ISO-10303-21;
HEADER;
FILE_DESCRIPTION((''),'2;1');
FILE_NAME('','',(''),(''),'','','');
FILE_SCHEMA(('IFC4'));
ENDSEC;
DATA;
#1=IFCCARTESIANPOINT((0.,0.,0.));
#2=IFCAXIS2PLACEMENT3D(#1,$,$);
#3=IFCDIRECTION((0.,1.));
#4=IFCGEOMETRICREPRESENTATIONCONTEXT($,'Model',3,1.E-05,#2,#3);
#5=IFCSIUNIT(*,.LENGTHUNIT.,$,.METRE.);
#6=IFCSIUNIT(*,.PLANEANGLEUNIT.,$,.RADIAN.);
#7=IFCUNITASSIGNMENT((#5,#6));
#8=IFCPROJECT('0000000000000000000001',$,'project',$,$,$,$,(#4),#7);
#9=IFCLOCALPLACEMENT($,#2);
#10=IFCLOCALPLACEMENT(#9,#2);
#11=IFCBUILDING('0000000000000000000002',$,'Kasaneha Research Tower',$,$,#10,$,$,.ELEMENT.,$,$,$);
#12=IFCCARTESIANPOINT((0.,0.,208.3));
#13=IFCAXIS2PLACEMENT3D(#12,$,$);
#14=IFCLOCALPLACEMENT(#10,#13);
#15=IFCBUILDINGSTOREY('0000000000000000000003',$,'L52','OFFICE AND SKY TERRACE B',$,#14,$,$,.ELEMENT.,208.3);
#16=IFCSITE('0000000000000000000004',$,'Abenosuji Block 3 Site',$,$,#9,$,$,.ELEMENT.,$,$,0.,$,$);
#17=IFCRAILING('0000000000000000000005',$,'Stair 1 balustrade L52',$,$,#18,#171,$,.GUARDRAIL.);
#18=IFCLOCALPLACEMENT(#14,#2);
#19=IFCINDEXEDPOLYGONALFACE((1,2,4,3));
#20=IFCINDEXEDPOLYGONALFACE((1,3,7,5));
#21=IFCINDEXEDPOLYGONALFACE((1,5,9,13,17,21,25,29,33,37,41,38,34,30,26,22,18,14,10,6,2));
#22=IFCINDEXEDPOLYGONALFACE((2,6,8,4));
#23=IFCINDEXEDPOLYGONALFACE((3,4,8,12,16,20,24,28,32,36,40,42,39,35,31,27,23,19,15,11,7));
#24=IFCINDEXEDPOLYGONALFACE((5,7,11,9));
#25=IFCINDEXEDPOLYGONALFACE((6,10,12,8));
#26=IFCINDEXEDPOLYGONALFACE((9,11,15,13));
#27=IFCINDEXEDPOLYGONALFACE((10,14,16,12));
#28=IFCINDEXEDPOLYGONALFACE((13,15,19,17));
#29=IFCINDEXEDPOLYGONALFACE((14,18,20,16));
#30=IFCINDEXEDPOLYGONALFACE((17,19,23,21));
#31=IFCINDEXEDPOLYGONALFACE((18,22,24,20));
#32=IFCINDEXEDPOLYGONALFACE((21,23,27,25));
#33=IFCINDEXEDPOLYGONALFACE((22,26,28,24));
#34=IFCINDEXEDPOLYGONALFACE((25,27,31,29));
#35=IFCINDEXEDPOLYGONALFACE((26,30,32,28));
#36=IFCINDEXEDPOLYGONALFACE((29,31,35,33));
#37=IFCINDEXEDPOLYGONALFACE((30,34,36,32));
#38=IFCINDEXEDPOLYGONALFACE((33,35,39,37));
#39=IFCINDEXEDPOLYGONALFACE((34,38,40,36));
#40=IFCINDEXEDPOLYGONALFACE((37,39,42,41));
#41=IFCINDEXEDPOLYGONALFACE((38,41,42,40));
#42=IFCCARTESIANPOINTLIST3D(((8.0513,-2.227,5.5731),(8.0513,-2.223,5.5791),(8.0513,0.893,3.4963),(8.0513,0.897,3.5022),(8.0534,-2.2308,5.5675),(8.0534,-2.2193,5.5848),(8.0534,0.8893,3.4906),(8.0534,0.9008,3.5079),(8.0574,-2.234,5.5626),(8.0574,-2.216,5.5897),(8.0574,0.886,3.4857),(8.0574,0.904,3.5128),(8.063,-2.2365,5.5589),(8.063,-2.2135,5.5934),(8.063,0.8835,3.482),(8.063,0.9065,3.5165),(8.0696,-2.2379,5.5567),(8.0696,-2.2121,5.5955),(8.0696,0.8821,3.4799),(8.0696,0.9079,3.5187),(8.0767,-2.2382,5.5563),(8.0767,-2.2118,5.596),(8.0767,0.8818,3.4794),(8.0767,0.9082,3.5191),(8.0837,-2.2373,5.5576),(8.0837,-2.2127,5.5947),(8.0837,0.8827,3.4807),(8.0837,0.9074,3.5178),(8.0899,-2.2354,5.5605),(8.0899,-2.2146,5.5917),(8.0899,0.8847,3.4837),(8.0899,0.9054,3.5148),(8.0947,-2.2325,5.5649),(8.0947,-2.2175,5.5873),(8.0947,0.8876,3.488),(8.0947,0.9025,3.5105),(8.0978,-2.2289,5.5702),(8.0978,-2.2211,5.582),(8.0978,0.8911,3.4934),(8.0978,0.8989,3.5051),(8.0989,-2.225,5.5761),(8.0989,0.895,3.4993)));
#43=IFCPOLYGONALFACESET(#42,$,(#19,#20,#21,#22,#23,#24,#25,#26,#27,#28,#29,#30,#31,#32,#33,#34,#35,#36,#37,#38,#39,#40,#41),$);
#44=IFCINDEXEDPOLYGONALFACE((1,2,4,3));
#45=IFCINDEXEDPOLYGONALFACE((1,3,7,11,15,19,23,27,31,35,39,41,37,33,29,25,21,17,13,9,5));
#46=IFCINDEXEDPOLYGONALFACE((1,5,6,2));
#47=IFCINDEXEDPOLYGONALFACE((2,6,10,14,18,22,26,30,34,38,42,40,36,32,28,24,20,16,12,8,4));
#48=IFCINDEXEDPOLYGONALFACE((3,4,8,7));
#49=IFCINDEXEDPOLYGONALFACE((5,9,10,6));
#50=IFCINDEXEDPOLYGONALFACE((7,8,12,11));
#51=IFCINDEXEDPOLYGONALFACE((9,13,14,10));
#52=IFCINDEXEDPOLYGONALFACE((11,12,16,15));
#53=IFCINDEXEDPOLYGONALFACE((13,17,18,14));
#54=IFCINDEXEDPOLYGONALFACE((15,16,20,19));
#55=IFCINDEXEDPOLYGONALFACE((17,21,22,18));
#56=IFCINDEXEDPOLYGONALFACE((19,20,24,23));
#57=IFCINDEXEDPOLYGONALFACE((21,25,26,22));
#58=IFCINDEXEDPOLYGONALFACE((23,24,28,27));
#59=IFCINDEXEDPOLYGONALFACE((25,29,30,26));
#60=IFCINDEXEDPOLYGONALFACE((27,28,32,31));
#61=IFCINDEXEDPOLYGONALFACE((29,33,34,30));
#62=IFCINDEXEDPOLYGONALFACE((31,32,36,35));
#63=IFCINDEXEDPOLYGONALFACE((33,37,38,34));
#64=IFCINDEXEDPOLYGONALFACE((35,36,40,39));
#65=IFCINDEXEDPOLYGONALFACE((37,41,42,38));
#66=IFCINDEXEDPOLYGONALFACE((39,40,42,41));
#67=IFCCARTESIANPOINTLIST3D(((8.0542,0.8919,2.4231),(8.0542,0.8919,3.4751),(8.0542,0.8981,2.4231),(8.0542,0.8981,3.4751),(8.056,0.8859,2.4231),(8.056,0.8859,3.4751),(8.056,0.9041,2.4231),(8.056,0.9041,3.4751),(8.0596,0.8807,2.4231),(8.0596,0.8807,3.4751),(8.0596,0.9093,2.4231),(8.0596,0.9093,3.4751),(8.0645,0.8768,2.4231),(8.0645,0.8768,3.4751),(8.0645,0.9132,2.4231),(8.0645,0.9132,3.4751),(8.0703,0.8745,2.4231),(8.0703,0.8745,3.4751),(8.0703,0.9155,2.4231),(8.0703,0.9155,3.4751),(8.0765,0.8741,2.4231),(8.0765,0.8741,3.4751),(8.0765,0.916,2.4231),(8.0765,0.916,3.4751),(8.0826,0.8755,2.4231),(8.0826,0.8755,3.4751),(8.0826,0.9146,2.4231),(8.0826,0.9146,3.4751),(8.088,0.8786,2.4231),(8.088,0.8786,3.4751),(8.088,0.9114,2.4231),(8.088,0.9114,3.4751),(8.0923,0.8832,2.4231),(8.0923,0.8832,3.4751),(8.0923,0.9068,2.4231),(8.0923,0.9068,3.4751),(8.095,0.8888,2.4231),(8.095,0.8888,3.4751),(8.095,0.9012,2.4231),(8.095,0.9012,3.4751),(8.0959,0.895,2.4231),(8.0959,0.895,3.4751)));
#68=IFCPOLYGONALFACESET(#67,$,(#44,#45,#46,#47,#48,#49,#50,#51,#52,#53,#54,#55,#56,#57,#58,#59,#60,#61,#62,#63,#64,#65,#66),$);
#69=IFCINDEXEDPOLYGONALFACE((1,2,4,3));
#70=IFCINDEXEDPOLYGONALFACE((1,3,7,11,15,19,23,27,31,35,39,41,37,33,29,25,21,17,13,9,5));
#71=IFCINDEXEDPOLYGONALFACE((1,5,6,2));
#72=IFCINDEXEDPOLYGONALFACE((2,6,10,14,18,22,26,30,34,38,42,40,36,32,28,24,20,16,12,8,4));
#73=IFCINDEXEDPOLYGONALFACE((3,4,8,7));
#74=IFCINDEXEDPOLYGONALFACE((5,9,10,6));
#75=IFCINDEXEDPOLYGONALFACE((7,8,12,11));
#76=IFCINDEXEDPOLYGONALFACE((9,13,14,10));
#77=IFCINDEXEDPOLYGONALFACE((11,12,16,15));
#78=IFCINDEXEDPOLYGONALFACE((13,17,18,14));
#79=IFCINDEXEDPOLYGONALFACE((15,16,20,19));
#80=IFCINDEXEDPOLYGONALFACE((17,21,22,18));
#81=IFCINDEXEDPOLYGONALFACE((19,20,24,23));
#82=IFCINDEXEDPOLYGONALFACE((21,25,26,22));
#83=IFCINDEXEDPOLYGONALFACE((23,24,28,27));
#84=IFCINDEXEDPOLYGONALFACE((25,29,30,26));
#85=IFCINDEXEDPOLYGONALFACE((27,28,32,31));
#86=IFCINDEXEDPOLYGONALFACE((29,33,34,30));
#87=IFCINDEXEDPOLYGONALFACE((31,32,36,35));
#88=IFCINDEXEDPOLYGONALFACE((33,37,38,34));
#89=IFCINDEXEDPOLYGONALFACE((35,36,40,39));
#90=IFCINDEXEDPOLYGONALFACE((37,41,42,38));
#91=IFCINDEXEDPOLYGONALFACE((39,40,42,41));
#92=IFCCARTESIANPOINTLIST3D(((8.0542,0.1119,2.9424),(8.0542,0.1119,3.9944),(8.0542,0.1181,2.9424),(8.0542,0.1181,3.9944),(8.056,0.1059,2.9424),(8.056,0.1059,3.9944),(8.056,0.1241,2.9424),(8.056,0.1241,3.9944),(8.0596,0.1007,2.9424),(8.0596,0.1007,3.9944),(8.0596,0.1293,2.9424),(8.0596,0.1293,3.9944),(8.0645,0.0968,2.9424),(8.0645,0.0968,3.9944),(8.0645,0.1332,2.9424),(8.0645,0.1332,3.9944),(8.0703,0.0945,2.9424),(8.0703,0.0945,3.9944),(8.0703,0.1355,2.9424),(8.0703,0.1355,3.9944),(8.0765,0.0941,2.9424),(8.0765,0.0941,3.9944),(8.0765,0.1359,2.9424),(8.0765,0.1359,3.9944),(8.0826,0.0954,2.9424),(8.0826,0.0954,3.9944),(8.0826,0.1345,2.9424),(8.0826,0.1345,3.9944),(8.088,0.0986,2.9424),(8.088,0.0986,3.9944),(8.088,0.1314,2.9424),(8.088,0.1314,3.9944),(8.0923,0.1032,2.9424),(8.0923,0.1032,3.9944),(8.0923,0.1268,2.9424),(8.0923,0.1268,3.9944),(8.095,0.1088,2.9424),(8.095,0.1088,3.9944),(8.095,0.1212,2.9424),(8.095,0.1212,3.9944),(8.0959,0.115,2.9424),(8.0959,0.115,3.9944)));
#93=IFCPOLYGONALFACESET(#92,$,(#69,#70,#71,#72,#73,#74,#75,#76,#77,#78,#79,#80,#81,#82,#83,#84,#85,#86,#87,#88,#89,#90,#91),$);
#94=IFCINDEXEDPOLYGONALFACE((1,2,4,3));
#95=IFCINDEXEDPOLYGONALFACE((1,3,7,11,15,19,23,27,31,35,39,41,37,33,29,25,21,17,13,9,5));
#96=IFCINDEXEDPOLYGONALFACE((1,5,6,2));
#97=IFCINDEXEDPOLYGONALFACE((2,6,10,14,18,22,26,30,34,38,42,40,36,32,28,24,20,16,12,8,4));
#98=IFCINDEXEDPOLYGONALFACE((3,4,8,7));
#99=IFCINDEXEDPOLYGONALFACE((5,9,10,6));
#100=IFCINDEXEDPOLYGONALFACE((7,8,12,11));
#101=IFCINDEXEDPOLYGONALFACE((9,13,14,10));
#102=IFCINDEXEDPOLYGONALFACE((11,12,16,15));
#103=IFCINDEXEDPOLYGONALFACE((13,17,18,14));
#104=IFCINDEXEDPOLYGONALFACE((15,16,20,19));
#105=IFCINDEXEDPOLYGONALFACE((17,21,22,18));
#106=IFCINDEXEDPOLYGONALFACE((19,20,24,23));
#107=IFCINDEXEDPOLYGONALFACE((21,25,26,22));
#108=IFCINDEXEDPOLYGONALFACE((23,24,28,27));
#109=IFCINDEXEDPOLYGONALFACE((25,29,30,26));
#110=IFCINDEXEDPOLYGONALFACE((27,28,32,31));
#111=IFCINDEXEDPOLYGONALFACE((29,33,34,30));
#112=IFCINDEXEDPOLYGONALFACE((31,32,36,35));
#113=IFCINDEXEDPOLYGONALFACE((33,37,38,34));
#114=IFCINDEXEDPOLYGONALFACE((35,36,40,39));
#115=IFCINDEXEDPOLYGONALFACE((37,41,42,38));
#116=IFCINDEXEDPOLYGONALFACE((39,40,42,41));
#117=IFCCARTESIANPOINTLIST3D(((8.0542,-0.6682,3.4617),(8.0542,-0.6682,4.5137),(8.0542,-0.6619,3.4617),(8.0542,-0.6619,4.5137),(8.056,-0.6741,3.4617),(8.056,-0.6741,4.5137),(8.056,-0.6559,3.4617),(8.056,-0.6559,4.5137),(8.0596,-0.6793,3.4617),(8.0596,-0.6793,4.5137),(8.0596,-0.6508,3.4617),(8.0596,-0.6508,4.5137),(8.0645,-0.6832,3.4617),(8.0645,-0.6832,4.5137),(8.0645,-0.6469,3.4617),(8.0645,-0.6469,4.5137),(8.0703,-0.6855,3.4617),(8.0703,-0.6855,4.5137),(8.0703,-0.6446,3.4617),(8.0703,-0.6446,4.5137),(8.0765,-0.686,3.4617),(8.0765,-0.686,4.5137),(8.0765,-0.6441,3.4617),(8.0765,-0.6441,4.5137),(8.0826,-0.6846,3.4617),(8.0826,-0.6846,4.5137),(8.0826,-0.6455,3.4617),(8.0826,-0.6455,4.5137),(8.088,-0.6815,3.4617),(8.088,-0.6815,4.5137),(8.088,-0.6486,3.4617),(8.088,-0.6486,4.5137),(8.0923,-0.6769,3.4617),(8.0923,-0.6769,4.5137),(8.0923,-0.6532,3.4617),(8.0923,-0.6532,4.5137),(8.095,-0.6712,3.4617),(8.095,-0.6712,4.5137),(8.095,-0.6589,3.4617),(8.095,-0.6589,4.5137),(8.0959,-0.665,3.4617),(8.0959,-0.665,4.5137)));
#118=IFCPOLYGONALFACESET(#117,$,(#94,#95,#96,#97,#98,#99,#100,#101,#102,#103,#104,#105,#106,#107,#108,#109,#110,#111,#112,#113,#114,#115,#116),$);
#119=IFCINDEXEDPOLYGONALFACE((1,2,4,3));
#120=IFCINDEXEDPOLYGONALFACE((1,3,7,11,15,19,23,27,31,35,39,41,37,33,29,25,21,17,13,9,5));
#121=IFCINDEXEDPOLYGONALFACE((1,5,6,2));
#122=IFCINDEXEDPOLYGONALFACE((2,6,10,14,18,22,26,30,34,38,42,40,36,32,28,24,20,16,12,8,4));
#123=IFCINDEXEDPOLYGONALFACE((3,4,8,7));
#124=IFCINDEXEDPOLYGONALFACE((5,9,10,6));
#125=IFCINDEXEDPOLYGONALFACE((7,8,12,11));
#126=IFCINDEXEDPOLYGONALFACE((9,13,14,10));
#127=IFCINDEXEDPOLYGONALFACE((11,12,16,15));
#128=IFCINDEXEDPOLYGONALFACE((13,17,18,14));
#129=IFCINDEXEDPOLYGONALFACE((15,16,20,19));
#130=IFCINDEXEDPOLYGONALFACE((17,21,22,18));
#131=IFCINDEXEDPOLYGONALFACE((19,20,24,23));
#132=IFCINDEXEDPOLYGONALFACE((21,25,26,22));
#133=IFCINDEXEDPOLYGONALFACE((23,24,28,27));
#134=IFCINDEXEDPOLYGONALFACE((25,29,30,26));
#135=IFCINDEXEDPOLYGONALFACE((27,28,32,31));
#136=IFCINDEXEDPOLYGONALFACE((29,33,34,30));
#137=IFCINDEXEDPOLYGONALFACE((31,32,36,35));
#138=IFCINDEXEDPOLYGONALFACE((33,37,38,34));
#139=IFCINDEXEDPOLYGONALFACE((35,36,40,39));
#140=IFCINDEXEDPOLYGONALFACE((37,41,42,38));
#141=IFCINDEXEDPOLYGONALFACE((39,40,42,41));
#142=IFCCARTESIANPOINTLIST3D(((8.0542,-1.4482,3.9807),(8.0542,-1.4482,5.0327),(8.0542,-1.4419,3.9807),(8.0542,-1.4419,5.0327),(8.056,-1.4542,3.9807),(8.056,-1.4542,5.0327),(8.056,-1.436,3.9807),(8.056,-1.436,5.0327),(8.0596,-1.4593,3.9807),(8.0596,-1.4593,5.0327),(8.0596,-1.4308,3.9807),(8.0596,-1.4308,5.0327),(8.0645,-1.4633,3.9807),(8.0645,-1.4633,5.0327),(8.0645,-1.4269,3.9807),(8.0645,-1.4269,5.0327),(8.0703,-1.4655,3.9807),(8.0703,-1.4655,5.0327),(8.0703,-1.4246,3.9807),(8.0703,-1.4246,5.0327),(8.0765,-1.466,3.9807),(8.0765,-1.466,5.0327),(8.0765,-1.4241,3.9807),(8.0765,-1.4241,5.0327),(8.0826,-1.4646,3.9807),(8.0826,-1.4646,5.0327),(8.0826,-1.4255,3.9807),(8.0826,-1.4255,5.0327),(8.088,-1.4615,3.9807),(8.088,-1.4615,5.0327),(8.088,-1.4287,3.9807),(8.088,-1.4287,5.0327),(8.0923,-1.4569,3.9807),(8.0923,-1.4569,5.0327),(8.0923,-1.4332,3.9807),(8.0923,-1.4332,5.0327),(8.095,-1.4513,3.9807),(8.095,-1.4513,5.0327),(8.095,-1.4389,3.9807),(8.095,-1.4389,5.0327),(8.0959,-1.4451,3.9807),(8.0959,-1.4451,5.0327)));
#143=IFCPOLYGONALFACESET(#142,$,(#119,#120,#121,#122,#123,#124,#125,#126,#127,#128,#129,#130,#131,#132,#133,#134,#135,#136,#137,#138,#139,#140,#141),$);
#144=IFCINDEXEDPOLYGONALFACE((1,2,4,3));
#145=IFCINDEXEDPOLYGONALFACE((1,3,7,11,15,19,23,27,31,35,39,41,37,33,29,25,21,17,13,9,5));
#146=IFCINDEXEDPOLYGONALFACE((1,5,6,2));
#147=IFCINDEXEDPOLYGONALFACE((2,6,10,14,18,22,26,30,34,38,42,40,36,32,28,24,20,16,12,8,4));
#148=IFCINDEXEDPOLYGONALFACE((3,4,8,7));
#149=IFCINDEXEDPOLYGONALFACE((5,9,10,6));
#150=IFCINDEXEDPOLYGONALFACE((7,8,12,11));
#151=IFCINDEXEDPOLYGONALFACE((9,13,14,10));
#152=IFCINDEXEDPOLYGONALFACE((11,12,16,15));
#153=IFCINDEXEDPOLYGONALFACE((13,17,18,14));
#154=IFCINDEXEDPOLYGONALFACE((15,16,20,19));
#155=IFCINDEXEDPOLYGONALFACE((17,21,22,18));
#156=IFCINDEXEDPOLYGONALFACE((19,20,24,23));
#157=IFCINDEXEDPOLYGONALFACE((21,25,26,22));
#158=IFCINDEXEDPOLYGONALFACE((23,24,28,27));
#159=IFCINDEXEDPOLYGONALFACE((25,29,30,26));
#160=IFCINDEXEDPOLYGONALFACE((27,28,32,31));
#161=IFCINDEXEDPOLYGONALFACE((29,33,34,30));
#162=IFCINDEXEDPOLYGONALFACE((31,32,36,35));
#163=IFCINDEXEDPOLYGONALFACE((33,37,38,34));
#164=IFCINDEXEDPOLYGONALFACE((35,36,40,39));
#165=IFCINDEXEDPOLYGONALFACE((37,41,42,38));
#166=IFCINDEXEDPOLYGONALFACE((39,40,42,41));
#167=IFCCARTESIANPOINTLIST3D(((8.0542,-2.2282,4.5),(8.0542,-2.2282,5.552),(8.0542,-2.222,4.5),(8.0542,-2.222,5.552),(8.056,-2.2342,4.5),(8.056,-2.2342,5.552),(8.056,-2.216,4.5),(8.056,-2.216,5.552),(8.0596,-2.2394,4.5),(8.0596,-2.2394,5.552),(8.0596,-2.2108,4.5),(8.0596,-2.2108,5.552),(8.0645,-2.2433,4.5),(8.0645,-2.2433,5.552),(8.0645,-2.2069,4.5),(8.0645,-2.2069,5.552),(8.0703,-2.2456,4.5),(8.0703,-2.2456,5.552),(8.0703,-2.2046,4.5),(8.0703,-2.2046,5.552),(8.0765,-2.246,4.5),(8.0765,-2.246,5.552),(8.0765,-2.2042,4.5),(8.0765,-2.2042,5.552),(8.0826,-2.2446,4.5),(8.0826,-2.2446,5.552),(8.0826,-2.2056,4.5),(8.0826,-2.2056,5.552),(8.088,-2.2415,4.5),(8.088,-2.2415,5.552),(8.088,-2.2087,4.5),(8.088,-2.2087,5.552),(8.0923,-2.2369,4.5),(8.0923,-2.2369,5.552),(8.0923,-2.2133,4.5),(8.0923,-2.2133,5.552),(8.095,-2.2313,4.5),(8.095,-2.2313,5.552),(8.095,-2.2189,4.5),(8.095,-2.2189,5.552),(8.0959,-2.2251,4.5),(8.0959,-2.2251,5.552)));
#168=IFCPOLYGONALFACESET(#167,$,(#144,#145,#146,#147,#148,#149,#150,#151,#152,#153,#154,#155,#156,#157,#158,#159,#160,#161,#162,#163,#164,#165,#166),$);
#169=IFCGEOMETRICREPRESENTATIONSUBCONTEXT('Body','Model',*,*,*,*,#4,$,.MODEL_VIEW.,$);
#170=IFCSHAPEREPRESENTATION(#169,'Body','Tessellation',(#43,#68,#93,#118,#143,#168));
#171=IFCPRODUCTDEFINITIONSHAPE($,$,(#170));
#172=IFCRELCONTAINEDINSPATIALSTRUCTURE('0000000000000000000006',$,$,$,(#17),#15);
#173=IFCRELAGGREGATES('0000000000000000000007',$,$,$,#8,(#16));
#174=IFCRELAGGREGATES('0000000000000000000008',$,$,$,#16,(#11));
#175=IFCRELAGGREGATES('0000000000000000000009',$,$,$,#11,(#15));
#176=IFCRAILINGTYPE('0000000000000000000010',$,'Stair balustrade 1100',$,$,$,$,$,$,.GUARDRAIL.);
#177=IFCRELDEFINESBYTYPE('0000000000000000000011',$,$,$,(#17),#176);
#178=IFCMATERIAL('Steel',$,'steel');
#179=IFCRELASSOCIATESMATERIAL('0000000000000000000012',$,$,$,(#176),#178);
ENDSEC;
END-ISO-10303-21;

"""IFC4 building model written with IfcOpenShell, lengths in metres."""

from ifc_helpers import new_model, si_unit, direction, frame, origin, origin_2d, place, context, subcontext, project, spatial, circle, extrude, material, type_object, element, save


model = new_model("IFC4")

# Units and contexts
model_context = context("Model", 3, precision=1e-05, world=origin(), true_north=direction((0.0, 1.0)))
body_context = subcontext(model_context, "Body", "Model", "MODEL_VIEW")
ifc_project = project(units=[si_unit("LENGTHUNIT", "METRE"), si_unit("PLANEANGLEUNIT", "RADIAN")], contexts=[model_context])

# Site, building, storey
site_placement = place(None, origin())
site = spatial("IfcSite", under=ifc_project, at=site_placement, Name="Abenosuji Block 3 Site", CompositionType="ELEMENT", RefElevation=0.0)
building_placement = place(site_placement, origin())
building = spatial("IfcBuilding", under=site, at=building_placement, Name="Kasaneha Research Tower", CompositionType="ELEMENT")
storey_placement = place(building_placement, frame((0.0, 0.0, 208.3)))
storey = spatial("IfcBuildingStorey", under=building, at=storey_placement, Name="L52", Description="OFFICE AND SKY TERRACE B", CompositionType="ELEMENT", Elevation=208.3)

# Railing
ifc_material_1 = material(Name="Steel", Category="steel")
railing_type_1 = type_object("IfcRailingType", Name="Stair balustrade 1100", PredefinedType="GUARDRAIL", material=ifc_material_1)
railing_1_placement = place(storey_placement, frame((8.075, 0.895, 2.4231)))
element("IfcRailing", 1, at=railing_1_placement, inside=storey, type_object=railing_type_1, Name="Stair 1 balustrade L52", PredefinedType="GUARDRAIL", context=body_context, shape_type="SweptSolid", body=[
    extrude(circle(Radius=0.0239, at=origin_2d()), frame((0.0, 0.0, 1.0762), z_axis=(0.0, -0.832441, 0.554114), x_axis=(1.0, 0.0, 0.0)), (0.0, 0.0, 1.0), 3.748),
    extrude(circle(Radius=0.021, at=origin_2d()), origin(), (0.0, 0.0, 1.0), 1.052),
    extrude(circle(Radius=0.021, at=origin_2d()), frame((0.0, -0.78, 0.5193)), (0.0, 0.0, 1.0), 1.052),
    extrude(circle(Radius=0.021, at=origin_2d()), frame((0.0, -1.5601, 1.0386)), (0.0, 0.0, 1.0), 1.052),
    extrude(circle(Radius=0.021, at=origin_2d()), frame((0.0, -2.3401, 1.5576)), (0.0, 0.0, 1.0), 1.052),
    extrude(circle(Radius=0.021, at=origin_2d()), frame((0.0, -3.1201, 2.0769)), (0.0, 0.0, 1.0), 1.052),
])

save(model, "model.ifc")
